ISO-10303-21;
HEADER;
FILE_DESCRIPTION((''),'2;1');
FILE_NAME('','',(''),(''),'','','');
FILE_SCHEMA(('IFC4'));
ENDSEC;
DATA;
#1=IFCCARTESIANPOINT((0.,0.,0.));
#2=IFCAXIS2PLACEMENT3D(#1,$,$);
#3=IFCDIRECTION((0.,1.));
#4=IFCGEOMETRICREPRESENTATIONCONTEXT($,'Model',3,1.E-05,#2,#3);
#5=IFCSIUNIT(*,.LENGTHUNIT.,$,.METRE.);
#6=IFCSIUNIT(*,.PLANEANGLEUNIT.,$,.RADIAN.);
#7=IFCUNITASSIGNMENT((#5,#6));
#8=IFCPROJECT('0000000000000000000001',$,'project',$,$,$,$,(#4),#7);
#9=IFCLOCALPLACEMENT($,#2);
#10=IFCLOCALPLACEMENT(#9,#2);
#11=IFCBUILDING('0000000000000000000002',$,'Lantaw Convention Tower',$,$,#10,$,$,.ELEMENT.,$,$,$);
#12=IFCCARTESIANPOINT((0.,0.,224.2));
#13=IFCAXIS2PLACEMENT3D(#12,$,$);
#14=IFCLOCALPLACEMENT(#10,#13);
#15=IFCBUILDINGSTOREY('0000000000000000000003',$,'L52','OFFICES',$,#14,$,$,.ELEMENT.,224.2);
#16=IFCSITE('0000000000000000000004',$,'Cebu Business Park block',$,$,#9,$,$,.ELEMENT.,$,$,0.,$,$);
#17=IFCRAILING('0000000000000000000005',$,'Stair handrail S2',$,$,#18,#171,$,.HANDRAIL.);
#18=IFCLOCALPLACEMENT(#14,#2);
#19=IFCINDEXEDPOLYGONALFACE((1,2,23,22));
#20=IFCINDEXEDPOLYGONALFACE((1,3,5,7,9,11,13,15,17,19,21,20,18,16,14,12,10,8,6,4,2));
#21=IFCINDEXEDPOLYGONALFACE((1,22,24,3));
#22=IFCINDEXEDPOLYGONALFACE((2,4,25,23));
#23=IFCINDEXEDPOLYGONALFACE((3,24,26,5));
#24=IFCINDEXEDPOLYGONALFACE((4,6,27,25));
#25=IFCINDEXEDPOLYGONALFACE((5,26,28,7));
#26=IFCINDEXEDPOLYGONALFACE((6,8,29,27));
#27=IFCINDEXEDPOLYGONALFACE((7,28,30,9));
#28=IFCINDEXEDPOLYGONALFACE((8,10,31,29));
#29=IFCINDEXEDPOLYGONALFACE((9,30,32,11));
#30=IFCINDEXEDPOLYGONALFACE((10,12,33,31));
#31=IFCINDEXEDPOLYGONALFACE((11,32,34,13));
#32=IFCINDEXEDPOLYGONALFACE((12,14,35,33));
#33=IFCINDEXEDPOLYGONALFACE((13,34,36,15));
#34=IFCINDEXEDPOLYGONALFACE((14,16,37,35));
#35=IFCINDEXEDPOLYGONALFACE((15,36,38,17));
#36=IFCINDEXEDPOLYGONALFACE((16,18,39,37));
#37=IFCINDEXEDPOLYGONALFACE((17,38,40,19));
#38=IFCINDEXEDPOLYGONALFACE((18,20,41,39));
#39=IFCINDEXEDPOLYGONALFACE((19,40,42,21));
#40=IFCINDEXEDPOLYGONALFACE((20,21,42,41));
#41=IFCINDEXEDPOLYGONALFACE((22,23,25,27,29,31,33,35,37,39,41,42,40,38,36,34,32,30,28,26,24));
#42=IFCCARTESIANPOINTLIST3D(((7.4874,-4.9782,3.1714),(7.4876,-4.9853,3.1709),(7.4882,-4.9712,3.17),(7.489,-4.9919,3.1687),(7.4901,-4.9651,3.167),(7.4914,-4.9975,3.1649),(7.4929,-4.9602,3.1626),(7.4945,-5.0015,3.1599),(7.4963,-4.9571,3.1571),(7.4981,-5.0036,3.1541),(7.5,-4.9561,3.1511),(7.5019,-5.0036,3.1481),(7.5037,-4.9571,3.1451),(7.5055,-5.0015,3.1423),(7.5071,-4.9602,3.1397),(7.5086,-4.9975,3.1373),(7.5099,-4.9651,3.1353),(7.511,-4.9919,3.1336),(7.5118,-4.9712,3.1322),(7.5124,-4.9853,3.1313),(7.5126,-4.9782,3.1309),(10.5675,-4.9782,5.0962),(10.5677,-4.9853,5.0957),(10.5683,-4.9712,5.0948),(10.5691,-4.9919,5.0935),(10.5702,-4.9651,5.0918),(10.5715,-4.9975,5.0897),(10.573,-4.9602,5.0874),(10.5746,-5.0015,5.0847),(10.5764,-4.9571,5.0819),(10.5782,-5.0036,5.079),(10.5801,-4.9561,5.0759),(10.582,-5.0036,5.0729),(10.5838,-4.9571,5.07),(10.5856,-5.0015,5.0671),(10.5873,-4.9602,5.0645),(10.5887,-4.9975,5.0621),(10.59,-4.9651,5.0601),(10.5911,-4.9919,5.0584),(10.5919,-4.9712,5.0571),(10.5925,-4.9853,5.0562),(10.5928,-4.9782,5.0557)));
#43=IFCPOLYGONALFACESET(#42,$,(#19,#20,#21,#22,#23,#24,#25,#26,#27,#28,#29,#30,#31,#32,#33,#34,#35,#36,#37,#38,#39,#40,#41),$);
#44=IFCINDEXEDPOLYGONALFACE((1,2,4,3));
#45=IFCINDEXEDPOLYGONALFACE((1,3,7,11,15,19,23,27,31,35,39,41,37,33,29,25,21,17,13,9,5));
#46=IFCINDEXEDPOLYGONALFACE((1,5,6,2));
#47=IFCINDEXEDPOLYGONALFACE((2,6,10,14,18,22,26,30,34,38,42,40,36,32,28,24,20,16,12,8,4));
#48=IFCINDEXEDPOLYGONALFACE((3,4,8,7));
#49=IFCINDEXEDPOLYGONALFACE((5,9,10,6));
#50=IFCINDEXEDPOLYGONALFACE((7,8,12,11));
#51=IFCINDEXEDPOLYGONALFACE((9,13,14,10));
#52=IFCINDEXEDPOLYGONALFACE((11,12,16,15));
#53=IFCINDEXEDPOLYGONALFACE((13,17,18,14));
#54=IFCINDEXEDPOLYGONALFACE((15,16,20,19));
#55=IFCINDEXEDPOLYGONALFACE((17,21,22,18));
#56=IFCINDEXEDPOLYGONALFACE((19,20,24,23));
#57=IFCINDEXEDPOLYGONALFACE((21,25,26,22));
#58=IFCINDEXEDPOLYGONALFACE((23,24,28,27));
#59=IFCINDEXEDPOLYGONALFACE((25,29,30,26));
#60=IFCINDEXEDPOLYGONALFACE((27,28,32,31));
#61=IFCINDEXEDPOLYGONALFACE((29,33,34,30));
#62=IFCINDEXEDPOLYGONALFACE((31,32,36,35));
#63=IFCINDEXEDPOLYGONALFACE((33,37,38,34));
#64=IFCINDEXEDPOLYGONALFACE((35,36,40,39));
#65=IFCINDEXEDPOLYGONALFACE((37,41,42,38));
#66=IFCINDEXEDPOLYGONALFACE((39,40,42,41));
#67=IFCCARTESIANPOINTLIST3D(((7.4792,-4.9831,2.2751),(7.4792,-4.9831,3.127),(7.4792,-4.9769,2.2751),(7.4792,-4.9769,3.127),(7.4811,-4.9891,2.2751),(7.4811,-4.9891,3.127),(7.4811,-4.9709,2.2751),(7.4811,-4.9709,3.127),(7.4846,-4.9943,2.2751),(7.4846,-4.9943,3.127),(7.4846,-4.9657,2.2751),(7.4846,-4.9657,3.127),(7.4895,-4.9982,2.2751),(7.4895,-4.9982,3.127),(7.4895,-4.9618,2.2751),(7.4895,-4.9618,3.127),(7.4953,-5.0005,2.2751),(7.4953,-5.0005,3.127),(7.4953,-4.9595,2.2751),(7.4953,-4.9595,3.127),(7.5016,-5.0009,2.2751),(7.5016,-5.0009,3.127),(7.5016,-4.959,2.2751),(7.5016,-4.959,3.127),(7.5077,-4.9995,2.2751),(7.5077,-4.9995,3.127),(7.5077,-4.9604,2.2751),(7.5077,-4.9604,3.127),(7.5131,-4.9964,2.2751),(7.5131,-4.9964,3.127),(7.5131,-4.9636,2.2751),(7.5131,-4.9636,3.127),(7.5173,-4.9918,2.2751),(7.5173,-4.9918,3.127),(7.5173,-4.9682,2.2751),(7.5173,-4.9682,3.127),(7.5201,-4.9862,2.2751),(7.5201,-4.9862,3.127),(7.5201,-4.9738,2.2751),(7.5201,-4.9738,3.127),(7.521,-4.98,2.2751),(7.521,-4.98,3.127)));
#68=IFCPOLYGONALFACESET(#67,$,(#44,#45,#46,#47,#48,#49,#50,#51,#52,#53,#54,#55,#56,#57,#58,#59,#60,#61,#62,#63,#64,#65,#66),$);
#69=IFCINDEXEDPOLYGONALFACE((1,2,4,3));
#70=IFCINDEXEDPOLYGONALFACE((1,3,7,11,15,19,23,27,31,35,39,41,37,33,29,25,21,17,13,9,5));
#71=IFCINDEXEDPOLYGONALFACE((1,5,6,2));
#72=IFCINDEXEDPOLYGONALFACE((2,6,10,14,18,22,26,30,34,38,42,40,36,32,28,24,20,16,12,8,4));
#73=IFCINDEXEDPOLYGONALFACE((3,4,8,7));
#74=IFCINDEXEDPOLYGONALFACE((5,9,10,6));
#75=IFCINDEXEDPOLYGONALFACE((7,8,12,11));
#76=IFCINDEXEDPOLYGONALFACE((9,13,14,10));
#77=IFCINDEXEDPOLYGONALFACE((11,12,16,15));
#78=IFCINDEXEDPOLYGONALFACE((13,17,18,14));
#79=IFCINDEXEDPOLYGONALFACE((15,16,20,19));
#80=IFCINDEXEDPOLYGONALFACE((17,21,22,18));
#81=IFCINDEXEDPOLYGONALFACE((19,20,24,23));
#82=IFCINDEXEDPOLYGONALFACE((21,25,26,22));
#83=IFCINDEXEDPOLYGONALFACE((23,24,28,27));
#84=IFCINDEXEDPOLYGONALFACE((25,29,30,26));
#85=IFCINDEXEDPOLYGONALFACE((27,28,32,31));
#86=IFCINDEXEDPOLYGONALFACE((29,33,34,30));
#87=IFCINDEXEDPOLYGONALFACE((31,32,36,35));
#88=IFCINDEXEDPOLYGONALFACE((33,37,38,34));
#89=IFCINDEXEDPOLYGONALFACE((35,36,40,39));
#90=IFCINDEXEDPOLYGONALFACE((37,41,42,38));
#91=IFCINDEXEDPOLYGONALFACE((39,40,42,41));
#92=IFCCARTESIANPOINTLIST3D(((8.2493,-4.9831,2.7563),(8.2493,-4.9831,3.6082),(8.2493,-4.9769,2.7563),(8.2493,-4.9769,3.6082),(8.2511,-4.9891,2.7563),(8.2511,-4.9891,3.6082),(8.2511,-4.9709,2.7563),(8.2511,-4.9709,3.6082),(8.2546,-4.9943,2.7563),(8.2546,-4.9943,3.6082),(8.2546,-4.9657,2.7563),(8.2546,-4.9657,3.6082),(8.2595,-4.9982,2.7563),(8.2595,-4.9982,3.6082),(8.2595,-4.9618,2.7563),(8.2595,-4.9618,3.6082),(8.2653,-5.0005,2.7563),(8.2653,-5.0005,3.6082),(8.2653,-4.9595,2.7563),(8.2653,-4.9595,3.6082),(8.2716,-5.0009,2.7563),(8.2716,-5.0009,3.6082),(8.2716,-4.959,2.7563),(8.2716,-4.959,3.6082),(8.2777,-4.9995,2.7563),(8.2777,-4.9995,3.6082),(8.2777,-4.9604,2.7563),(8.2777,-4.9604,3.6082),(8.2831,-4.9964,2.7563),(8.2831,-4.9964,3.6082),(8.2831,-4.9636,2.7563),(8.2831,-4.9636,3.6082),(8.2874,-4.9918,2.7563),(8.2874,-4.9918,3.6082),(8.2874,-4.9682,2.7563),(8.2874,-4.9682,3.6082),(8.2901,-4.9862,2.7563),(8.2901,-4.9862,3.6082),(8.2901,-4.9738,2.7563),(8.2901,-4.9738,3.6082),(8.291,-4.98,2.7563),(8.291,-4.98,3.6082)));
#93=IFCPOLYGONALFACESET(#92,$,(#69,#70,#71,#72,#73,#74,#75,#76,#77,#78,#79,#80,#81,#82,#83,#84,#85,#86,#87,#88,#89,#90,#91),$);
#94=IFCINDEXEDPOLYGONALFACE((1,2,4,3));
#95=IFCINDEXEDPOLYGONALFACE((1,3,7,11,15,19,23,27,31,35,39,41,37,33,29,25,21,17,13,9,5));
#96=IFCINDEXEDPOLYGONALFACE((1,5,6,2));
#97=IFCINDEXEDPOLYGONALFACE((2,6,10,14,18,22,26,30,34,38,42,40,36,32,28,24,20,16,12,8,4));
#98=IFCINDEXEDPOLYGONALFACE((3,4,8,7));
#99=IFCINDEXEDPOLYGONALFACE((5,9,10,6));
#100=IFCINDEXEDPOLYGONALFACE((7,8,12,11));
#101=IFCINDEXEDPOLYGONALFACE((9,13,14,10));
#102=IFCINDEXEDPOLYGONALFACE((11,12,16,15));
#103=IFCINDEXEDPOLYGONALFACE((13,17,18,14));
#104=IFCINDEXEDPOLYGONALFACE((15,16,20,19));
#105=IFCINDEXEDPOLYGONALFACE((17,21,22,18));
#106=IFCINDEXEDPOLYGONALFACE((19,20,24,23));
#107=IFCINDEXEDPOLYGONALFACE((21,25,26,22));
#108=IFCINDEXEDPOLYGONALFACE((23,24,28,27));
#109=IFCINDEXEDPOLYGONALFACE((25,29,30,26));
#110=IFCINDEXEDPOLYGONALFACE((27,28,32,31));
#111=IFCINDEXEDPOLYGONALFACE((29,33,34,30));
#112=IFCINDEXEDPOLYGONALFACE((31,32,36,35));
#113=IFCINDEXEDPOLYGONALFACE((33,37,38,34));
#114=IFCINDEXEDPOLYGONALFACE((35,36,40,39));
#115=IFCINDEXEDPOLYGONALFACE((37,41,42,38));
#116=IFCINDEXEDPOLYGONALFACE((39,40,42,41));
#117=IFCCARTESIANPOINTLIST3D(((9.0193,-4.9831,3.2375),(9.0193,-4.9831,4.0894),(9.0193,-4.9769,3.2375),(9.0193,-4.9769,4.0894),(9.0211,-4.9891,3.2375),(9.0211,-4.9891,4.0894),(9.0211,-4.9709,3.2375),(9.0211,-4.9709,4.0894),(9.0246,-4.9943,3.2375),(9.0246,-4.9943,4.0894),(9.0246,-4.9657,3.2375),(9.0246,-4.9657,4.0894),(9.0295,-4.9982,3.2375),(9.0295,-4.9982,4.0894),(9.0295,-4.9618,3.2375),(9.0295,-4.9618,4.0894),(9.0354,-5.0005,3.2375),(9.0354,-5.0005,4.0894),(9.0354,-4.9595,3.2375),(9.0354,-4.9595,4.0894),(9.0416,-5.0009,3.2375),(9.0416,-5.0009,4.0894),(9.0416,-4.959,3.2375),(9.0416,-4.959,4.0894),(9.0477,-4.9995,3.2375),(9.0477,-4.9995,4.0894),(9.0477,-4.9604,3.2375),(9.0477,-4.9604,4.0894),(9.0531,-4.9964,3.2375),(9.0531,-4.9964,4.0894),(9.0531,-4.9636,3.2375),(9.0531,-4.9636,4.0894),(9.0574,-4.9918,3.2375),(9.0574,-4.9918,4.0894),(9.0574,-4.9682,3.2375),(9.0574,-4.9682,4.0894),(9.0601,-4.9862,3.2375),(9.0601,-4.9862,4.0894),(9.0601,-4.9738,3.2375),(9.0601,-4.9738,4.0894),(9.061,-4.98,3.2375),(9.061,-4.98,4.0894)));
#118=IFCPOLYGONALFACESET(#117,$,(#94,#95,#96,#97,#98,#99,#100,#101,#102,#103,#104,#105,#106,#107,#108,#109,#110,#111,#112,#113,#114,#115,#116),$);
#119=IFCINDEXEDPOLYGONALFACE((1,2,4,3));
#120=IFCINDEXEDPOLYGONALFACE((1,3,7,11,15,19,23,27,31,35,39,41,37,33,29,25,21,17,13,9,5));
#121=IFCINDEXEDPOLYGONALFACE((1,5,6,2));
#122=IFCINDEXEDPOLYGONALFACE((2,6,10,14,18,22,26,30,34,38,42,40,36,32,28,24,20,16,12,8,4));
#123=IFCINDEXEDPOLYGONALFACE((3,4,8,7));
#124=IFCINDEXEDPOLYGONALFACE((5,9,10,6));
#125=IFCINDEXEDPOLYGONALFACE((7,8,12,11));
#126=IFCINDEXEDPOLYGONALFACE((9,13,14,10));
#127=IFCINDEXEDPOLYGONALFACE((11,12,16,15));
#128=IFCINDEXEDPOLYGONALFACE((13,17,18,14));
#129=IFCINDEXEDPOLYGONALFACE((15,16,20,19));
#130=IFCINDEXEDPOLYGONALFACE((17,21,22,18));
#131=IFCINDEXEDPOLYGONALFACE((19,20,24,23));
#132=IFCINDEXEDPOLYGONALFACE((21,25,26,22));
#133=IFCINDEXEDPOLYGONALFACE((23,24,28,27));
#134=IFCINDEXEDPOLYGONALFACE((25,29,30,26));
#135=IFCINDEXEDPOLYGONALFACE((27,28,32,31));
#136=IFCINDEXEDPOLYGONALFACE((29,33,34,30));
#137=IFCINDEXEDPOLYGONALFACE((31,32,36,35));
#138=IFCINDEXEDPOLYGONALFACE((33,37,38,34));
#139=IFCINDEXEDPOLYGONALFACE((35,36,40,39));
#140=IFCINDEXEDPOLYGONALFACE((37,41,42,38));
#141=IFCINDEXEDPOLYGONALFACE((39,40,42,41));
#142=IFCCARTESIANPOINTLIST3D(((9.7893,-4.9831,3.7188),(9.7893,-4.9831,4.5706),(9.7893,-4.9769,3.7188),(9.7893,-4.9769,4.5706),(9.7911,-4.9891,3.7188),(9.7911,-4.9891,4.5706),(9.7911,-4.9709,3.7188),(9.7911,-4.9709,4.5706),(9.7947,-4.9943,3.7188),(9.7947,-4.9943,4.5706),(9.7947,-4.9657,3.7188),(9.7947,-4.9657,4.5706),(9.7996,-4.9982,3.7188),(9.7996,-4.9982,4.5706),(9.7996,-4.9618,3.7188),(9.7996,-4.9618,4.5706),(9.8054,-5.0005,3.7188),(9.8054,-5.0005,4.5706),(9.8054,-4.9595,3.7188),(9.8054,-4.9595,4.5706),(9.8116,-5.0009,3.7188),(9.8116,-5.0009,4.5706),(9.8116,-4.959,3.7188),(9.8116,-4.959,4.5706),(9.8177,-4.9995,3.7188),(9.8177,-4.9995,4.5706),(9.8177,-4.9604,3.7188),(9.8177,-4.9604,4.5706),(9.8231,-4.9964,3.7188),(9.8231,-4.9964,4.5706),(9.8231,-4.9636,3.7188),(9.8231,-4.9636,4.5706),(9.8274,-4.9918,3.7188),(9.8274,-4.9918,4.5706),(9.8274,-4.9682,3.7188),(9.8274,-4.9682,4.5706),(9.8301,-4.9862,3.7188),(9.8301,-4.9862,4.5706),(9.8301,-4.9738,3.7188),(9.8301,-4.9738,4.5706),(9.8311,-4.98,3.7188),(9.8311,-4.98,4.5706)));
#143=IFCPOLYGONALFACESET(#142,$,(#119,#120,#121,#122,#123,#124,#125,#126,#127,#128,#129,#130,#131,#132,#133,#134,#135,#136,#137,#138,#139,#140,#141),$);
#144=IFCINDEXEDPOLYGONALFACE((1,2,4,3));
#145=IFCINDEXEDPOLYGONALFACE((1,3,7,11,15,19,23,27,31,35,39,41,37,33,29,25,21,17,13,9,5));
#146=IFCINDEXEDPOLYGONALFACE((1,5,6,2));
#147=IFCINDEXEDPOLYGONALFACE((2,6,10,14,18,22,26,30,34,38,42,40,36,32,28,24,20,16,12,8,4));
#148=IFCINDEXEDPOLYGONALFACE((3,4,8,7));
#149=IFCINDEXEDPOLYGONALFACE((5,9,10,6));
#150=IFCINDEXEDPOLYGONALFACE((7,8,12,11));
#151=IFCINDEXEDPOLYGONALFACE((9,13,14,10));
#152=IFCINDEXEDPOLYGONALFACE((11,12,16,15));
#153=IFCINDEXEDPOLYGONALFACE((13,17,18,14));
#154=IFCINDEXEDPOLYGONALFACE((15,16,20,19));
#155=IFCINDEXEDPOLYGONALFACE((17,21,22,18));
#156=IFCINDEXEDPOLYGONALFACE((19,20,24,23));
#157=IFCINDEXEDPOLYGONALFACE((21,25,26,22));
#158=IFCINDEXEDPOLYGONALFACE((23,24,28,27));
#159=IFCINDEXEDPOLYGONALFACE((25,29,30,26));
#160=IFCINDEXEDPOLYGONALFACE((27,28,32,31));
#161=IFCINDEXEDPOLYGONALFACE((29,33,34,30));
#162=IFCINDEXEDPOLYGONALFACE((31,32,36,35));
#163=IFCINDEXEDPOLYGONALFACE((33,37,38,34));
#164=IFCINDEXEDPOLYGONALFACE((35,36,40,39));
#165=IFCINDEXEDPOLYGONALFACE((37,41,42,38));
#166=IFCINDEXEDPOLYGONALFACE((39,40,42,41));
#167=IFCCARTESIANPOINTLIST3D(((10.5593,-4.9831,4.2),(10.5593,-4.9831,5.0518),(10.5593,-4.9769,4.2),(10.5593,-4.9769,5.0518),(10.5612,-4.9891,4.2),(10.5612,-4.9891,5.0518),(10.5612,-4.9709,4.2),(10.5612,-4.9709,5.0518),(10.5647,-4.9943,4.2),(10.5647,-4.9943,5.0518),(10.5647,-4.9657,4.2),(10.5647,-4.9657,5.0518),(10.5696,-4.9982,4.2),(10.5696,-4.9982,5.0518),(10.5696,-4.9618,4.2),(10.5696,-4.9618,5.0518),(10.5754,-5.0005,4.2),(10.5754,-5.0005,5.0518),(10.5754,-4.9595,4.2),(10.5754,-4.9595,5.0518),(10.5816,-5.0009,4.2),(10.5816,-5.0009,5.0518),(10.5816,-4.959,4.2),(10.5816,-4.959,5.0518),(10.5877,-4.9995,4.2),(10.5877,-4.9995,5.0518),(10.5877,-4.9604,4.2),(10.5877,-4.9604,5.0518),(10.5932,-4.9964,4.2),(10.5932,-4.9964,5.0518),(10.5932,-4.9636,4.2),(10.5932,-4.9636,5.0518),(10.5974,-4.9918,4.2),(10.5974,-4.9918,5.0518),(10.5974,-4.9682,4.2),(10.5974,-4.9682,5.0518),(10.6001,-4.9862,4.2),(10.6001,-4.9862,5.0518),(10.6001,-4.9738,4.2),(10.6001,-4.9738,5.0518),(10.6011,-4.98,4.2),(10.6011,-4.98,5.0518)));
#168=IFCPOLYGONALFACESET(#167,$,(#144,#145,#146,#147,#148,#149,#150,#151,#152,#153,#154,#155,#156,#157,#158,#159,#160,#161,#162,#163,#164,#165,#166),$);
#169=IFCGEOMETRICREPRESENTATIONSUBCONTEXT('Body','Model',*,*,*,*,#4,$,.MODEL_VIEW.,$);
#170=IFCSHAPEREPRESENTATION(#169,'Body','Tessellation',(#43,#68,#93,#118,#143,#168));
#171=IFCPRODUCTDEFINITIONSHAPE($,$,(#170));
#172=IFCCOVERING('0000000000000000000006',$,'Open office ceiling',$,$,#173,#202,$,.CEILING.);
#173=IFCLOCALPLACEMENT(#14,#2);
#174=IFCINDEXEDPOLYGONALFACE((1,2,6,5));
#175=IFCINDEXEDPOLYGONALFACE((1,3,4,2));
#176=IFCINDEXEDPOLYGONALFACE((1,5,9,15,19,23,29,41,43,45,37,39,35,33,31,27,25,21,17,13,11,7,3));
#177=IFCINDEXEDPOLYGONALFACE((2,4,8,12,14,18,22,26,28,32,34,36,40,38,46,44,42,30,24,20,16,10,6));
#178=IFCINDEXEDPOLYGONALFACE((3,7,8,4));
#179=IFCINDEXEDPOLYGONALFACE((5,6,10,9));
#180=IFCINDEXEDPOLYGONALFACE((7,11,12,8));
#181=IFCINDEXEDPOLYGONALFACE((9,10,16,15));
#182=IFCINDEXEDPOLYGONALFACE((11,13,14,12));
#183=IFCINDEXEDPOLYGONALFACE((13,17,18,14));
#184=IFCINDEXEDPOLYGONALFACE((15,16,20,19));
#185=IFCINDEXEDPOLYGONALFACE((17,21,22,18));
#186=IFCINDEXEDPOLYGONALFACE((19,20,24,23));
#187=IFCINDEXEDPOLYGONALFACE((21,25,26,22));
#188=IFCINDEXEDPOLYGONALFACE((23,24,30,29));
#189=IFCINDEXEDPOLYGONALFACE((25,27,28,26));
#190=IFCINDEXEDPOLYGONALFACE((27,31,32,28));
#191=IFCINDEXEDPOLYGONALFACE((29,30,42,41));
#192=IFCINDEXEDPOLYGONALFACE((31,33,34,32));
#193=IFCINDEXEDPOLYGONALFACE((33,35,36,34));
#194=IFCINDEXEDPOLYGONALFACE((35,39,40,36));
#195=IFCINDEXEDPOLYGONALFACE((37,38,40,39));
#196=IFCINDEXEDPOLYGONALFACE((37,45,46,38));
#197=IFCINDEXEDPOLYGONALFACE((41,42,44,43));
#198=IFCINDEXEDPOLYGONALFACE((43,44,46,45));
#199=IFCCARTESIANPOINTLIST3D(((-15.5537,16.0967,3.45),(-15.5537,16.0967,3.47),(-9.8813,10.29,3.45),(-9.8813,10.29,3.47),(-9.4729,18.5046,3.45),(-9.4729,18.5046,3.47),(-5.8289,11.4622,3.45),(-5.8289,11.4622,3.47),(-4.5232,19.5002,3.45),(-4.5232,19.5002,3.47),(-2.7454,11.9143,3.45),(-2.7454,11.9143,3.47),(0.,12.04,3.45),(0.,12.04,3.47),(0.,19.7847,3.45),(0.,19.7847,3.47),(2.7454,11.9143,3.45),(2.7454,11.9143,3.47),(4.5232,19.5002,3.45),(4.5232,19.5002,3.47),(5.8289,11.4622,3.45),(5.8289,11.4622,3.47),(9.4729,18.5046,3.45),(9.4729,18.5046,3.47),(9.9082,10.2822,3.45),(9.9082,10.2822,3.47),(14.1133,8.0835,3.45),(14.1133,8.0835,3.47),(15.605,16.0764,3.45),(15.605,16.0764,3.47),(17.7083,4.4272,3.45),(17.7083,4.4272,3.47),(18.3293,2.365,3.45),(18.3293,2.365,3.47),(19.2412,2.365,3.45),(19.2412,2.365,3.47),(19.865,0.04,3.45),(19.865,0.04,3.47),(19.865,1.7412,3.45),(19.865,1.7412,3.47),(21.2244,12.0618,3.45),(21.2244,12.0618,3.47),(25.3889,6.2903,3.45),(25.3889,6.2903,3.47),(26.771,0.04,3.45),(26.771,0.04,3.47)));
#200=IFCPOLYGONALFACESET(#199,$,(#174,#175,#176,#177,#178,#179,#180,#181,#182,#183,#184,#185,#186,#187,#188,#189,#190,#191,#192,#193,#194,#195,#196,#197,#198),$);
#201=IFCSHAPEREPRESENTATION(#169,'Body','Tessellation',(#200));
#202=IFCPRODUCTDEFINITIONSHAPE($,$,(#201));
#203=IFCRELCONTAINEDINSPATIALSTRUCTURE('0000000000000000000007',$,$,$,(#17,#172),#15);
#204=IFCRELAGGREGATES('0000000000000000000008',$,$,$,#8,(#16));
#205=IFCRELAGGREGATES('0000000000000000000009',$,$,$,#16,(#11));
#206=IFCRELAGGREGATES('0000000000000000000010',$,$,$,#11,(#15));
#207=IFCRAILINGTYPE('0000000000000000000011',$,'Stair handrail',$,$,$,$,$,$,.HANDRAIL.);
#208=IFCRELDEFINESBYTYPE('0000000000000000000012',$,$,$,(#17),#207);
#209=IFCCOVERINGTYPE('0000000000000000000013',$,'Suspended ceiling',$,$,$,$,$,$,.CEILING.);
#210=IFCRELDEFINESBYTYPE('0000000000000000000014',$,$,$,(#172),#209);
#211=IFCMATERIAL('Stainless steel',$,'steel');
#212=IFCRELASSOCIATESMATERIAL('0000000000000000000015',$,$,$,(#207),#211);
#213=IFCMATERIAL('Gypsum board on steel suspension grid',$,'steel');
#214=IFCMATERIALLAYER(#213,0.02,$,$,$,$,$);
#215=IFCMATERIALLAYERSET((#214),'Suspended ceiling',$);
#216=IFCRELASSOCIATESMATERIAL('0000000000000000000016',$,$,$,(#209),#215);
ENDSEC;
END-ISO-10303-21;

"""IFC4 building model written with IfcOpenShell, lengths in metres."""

from ifc_helpers import new_model, si_unit, direction, frame, origin, origin_2d, place, context, subcontext, project, spatial, polyline, circle, outline, extrude, material, layer, layer_set, type_object, element, save


model = new_model("IFC4")

# Units and contexts
model_context = context("Model", 3, precision=1e-05, world=origin(), true_north=direction((0.0, 1.0)))
body_context = subcontext(model_context, "Body", "Model", "MODEL_VIEW")
ifc_project = project(units=[si_unit("LENGTHUNIT", "METRE"), si_unit("PLANEANGLEUNIT", "RADIAN")], contexts=[model_context])

# Site, building, storey
site_placement = place(None, origin())
site = spatial("IfcSite", under=ifc_project, at=site_placement, Name="Cebu Business Park block", CompositionType="ELEMENT", RefElevation=0.0)
building_placement = place(site_placement, origin())
building = spatial("IfcBuilding", under=site, at=building_placement, Name="Lantaw Convention Tower", CompositionType="ELEMENT")
storey_placement = place(building_placement, frame((0.0, 0.0, 224.2)))
storey = spatial("IfcBuildingStorey", under=building, at=storey_placement, Name="L52", Description="OFFICES", CompositionType="ELEMENT", Elevation=224.2)

# Railing
ifc_material_1 = material(Name="Stainless steel", Category="steel")
railing_type = type_object("IfcRailingType", Name="Stair handrail", PredefinedType="HANDRAIL", material=ifc_material_1)
railing_1_placement = place(storey_placement, frame((7.5, -4.98, 2.2751)))
element("IfcRailing", 1, at=railing_1_placement, inside=storey, type_object=railing_type, Name="Stair handrail S2", PredefinedType="HANDRAIL", context=body_context, shape_type="SweptSolid", body=[
    extrude(circle(Radius=0.0239, at=origin_2d()), frame((0.0, 0.0, 0.876), z_axis=(0.848029, 0.0, 0.529951), x_axis=(0.0, 1.0, 0.0)), (0.0, 0.0, 1.0), 3.6321),
    extrude(circle(Radius=0.021, at=origin_2d()), origin(), (0.0, 0.0, 1.0), 0.8518),
    extrude(circle(Radius=0.021, at=origin_2d()), frame((0.77, 0.0, 0.4812)), (0.0, 0.0, 1.0), 0.8518),
    extrude(circle(Radius=0.021, at=origin_2d()), frame((1.54, 0.0, 0.9624)), (0.0, 0.0, 1.0), 0.8518),
    extrude(circle(Radius=0.021, at=origin_2d()), frame((2.3101, 0.0, 1.4436)), (0.0, 0.0, 1.0), 0.8518),
    extrude(circle(Radius=0.021, at=origin_2d()), frame((3.0801, 0.0, 1.9248)), (0.0, 0.0, 1.0), 0.8518),
])

# Covering
ifc_material_2 = material(Name="Gypsum board on steel suspension grid", Category="steel")
ifc_layer_1 = layer(ifc_material_2, 0.02)
ifc_layer_set_1 = layer_set([ifc_layer_1], Name="Suspended ceiling")
covering_type = type_object("IfcCoveringType", Name="Suspended ceiling", PredefinedType="CEILING", material=ifc_layer_set_1)
covering_1_placement = place(storey_placement, frame((0.0, 0.0, 3.45)))
element("IfcCovering", 2, at=covering_1_placement, inside=storey, type_object=covering_type, Name="Open office ceiling", PredefinedType="CEILING", context=body_context, shape_type="SweptSolid", body=[
    extrude(outline(polyline([(17.7083, 4.4272), (18.3293, 2.365), (19.2412, 2.365), (19.865, 1.7412), (19.865, 0.04), (26.771, 0.04), (25.3889, 6.2903), (21.2244, 12.0618), (15.605, 16.0764), (9.4729, 18.5046), (4.5232, 19.5002), (0.0, 19.7847), (-4.5232, 19.5002), (-9.4729, 18.5046), (-15.5537, 16.0967), (-9.8813, 10.29), (-5.8289, 11.4622), (-2.7454, 11.9143), (0.0, 12.04), (2.7454, 11.9143), (5.8289, 11.4622), (9.9082, 10.2822), (14.1133, 8.0835), (17.7083, 4.4272)])), origin(), (0.0, 0.0, 1.0), 0.02),
])

save(model, "model.ifc")
